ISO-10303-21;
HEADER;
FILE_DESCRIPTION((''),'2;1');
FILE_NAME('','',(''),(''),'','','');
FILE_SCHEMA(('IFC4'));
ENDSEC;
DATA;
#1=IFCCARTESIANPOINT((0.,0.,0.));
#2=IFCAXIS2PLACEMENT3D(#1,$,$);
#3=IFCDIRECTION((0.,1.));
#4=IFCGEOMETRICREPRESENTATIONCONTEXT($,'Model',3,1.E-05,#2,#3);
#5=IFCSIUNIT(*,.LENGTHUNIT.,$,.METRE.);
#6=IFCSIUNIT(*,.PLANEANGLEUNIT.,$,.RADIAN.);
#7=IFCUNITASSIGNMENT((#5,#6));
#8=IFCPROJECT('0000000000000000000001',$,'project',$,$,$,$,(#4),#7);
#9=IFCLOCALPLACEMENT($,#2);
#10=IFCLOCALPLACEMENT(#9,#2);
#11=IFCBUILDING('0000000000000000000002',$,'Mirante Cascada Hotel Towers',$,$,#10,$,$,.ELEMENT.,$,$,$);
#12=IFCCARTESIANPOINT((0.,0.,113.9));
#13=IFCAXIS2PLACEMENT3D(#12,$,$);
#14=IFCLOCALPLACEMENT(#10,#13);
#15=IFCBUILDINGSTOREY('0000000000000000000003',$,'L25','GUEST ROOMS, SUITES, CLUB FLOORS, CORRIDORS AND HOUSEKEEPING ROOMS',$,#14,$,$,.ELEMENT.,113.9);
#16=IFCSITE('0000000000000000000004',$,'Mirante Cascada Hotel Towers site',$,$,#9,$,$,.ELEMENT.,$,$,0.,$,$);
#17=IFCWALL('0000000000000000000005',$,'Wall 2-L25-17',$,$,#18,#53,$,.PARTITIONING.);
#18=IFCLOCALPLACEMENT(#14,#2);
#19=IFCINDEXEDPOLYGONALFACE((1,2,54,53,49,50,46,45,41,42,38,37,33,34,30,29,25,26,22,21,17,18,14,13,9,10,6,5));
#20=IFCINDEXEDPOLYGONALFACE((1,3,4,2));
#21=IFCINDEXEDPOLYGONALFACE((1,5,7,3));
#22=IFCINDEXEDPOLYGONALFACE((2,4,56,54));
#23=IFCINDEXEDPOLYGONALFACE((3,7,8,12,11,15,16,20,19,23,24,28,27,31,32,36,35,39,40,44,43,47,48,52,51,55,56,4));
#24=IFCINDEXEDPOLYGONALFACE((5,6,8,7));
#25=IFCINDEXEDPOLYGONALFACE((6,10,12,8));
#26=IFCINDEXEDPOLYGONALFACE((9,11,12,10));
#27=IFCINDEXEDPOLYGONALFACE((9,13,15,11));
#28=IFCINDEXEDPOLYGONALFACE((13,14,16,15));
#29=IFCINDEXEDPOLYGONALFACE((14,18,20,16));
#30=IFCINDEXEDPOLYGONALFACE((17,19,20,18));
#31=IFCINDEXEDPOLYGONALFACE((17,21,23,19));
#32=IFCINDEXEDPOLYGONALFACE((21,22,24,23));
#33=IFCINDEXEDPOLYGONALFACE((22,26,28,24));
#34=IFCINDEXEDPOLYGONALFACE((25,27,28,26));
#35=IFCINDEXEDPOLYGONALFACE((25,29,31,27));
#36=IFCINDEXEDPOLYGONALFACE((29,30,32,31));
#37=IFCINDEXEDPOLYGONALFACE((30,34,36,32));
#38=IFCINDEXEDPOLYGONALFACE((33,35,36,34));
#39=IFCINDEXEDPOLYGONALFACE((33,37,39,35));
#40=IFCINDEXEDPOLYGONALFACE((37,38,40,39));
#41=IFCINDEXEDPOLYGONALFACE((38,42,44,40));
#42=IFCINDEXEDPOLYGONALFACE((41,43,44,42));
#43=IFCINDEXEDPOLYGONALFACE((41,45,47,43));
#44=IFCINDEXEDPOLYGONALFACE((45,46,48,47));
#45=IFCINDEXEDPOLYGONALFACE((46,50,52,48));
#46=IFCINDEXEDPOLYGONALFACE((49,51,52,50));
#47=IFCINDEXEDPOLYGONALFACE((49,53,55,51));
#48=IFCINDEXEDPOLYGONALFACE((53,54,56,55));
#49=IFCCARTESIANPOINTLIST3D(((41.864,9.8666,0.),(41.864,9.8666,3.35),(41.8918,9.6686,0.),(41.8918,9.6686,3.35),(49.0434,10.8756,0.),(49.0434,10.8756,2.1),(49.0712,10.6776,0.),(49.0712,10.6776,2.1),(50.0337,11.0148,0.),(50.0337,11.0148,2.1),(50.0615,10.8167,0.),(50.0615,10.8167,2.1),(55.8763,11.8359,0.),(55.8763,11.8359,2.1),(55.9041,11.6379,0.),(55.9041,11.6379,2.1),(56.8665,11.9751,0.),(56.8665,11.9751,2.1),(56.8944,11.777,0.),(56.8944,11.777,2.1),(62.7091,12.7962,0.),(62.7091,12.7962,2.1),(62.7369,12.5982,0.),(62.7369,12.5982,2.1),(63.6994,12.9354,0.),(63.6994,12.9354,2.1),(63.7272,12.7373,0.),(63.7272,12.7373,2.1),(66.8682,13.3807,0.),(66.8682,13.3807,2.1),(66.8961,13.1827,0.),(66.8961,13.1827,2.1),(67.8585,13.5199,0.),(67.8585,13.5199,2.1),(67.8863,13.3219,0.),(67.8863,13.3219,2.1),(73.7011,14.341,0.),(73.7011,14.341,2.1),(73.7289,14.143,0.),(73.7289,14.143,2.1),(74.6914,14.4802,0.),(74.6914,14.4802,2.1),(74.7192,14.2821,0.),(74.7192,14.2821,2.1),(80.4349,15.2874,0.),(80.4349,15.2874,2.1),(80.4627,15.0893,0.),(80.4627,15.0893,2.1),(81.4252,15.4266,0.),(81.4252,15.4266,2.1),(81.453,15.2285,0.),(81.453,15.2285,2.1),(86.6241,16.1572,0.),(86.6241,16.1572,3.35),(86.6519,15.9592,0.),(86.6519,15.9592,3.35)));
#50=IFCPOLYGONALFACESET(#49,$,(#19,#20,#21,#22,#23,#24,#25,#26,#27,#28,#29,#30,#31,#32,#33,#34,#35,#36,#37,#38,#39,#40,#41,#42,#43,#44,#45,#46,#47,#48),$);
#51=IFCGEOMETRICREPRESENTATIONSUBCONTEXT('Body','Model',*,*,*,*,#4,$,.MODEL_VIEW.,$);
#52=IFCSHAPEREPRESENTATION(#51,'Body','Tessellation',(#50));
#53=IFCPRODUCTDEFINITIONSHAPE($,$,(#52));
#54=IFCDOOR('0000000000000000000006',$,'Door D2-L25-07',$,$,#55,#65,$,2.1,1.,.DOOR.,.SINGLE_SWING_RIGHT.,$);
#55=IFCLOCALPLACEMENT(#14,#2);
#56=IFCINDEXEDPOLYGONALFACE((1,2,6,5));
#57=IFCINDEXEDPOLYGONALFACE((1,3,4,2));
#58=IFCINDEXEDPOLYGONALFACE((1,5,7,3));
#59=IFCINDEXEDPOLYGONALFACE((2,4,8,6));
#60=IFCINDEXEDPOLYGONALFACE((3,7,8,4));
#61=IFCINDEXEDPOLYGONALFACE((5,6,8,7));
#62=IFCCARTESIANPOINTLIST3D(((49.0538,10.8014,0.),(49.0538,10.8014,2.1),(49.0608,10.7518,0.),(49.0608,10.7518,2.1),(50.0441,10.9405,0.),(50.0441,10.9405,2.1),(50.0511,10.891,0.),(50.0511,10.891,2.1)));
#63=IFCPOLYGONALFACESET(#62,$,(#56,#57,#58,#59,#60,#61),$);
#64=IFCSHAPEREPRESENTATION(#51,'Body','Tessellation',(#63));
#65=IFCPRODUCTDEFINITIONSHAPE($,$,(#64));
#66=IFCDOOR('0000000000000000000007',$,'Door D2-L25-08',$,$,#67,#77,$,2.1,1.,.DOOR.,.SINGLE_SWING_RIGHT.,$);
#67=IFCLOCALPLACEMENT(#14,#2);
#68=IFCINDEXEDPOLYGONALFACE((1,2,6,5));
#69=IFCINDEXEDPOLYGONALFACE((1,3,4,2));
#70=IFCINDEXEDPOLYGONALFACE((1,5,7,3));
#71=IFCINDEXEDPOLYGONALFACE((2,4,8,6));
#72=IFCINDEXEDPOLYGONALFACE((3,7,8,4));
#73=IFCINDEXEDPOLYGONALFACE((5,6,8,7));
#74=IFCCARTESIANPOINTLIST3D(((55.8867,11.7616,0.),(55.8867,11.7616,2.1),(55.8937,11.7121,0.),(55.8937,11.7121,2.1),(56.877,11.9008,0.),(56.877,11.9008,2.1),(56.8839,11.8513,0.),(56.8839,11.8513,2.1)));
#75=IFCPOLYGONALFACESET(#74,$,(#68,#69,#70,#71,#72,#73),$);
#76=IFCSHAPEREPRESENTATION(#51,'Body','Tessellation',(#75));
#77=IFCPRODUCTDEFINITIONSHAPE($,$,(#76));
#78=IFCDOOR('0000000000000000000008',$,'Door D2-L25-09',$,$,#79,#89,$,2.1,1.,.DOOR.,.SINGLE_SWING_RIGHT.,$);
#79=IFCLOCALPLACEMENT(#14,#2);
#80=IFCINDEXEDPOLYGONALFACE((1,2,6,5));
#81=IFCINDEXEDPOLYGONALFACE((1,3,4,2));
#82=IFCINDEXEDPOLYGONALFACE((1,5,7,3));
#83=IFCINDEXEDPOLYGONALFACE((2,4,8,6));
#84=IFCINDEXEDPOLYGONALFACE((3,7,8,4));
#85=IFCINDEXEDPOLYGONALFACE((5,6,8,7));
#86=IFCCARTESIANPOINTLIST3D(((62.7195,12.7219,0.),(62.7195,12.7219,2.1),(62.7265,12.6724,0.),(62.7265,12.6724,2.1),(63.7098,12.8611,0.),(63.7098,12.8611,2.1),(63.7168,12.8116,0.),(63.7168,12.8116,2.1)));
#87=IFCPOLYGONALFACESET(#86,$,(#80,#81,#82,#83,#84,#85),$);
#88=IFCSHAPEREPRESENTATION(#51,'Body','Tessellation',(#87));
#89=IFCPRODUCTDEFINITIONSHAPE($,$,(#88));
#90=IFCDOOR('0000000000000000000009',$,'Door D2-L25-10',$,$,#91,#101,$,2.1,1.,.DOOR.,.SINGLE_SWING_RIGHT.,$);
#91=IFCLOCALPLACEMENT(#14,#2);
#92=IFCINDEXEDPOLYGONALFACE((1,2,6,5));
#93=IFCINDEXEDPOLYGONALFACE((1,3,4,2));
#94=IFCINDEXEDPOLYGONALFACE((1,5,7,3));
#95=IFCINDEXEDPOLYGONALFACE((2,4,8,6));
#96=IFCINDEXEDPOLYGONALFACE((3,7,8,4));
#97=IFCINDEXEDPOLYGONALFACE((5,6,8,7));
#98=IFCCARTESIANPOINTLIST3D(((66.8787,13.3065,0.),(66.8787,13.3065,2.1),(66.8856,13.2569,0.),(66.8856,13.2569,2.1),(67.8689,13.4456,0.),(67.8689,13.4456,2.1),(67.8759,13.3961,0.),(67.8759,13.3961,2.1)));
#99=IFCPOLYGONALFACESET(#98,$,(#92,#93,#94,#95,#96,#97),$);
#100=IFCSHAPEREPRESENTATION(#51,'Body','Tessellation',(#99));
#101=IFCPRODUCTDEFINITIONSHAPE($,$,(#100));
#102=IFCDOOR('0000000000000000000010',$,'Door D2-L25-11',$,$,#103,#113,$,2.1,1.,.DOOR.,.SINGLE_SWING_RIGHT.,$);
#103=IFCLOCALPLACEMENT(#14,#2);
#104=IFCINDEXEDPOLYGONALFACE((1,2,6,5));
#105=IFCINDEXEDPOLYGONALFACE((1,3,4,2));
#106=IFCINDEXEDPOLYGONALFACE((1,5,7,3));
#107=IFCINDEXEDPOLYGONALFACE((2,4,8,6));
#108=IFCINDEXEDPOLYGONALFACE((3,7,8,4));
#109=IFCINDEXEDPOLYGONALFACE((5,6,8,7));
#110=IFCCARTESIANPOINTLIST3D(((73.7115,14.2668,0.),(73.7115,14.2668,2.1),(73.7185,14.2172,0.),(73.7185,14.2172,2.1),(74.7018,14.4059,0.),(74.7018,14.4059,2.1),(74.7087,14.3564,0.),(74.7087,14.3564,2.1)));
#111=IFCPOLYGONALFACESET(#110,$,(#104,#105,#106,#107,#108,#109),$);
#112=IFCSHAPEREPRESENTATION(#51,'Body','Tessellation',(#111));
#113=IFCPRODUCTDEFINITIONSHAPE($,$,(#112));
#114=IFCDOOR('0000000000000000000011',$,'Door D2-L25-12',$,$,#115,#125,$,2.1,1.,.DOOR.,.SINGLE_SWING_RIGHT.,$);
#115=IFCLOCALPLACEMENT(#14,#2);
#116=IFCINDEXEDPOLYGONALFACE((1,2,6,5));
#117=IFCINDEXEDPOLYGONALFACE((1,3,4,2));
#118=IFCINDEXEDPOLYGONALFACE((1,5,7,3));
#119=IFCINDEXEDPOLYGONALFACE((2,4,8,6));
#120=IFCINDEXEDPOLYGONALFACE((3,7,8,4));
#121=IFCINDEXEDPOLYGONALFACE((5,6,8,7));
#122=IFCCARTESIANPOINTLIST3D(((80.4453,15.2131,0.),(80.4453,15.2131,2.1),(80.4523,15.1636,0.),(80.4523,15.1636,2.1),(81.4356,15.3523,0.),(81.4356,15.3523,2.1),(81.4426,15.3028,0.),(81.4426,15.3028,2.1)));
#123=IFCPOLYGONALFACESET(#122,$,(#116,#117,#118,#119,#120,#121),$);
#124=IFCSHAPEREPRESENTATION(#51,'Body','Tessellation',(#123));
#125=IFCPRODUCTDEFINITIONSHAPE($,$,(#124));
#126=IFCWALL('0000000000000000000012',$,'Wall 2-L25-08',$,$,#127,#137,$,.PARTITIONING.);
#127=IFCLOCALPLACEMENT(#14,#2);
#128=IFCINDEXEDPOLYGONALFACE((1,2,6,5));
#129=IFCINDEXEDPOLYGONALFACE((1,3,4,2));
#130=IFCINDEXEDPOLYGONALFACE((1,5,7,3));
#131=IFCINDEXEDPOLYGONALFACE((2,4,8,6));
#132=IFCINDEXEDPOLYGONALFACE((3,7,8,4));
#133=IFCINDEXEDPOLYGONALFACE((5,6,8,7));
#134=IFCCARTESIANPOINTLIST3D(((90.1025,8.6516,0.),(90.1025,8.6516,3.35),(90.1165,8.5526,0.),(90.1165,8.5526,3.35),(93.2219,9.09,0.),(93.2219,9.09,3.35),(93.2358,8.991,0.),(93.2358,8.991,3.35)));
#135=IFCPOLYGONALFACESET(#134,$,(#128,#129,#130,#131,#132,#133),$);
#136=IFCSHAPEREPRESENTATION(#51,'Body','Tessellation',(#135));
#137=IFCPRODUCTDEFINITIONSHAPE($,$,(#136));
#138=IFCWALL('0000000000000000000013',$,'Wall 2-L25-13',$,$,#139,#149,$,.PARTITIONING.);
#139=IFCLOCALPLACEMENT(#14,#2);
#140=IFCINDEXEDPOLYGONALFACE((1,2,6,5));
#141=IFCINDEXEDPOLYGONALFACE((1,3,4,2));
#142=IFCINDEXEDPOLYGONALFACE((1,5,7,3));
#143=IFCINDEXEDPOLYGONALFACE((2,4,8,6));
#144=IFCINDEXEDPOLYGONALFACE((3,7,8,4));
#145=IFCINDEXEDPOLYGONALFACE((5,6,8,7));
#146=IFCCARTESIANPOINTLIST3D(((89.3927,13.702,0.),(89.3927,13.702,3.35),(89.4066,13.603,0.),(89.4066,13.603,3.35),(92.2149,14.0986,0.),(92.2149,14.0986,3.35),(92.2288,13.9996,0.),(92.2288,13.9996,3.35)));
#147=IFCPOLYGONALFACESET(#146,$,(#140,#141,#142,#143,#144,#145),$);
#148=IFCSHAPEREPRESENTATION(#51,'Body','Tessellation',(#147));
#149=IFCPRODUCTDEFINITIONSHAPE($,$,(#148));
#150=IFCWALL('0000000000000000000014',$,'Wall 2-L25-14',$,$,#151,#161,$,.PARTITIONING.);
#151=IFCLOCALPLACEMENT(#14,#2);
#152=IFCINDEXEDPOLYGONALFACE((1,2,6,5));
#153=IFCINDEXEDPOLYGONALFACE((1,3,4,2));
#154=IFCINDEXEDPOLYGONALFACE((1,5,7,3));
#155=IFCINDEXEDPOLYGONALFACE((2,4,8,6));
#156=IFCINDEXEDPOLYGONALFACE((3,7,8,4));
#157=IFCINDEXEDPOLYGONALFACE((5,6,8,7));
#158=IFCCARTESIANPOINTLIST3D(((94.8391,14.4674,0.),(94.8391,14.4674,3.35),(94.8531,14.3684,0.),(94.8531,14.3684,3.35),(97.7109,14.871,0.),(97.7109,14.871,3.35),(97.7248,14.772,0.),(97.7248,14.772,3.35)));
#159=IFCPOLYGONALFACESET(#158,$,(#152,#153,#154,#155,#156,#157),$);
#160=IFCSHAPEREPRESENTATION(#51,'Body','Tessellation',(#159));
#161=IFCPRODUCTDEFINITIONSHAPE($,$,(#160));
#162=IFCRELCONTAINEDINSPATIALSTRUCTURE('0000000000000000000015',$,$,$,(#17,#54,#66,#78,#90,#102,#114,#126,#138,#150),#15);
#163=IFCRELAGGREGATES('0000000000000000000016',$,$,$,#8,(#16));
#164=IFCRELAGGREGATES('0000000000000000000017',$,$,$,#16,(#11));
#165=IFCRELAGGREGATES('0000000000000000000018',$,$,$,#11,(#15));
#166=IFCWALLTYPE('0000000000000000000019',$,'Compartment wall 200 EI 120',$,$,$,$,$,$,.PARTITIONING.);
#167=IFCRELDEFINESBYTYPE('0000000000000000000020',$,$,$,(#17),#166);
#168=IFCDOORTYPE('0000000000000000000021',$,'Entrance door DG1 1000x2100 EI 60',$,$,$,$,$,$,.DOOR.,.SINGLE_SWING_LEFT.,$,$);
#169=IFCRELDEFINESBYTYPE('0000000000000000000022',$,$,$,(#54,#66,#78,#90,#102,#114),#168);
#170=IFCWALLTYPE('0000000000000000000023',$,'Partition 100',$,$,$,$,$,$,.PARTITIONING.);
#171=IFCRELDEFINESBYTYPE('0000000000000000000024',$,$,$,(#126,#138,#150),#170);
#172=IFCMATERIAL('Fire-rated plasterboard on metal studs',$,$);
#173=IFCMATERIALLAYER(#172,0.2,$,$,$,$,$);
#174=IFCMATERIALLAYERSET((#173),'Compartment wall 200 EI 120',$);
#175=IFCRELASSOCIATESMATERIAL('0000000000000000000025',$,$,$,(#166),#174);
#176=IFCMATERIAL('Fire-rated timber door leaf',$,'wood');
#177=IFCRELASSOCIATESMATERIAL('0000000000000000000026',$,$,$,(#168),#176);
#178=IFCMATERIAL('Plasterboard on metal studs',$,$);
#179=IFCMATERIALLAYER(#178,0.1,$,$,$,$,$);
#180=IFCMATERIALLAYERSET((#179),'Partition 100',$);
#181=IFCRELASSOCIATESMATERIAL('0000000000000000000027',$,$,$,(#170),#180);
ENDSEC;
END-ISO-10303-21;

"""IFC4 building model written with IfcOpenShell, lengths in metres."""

from ifc_helpers import new_model, si_unit, direction, frame, frame_2d, origin, place, context, subcontext, project, spatial, rectangle, extrude, material, layer, layer_set, type_object, element, fill, save


model = new_model("IFC4")

# Units and contexts
model_context = context("Model", 3, precision=1e-05, world=origin(), true_north=direction((0.0, 1.0)))
body_context = subcontext(model_context, "Body", "Model", "MODEL_VIEW")
ifc_project = project(units=[si_unit("LENGTHUNIT", "METRE"), si_unit("PLANEANGLEUNIT", "RADIAN")], contexts=[model_context])

# Site, building, storey
site_placement = place(None, origin())
site = spatial("IfcSite", under=ifc_project, at=site_placement, Name="Mirante Cascada Hotel Towers site", CompositionType="ELEMENT", RefElevation=0.0)
building_placement = place(site_placement, origin())
building = spatial("IfcBuilding", under=site, at=building_placement, Name="Mirante Cascada Hotel Towers", CompositionType="ELEMENT")
storey_placement = place(building_placement, frame((0.0, 0.0, 113.9)))
storey = spatial("IfcBuildingStorey", under=building, at=storey_placement, Name="L25", Description="GUEST ROOMS, SUITES, CLUB FLOORS, CORRIDORS AND HOUSEKEEPING ROOMS", CompositionType="ELEMENT", Elevation=113.9)

# Shared definitions
ifc_material_1 = material(Name="Fire-rated plasterboard on metal studs")
ifc_layer_1 = layer(ifc_material_1, 0.2)
ifc_layer_set_1 = layer_set([ifc_layer_1], Name="Compartment wall 200 EI 120")
wall_type_1 = type_object("IfcWallType", Name="Compartment wall 200 EI 120", PredefinedType="PARTITIONING", material=ifc_layer_set_1)

# Wall, openings, doors
wall_1_placement = place(storey_placement, frame((86.638, 16.0582, 0.0), z_axis=(0.0, 0.0, 1.0), x_axis=(-0.990268, -0.139173, 0.0)))
wall_1 = element("IfcWall", 1, at=wall_1_placement, inside=storey, type_object=wall_type_1, Name="Wall 2-L25-17", PredefinedType="PARTITIONING", context=body_context, shape_type="SweptSolid", body=[
    extrude(rectangle(XDim=45.2, YDim=0.2, at=frame_2d((22.6, 0.0))), origin(), (0.0, 0.0, 1.0), 3.35),
])
opening_1_placement = place(wall_1_placement, frame((36.95, 0.0, 0.0)))
opening_1 = element("IfcOpeningElement", 2, at=opening_1_placement, cuts=wall_1, PredefinedType="OPENING", context=body_context, shape_type="SweptSolid", body=[
    extrude(rectangle(XDim=1.0, YDim=2.1, at=frame_2d((0.5, 1.05))), frame((0.0, 0.1, 0.0), z_axis=(0.0, -1.0, 0.0), x_axis=(1.0, 0.0, 0.0)), (0.0, 0.0, 1.0), 0.2),
])
opening_2_placement = place(wall_1_placement, frame((30.05, 0.0, 0.0)))
opening_2 = element("IfcOpeningElement", 3, at=opening_2_placement, cuts=wall_1, PredefinedType="OPENING", context=body_context, shape_type="SweptSolid", body=[
    extrude(rectangle(XDim=1.0, YDim=2.1, at=frame_2d((0.5, 1.05))), frame((0.0, 0.1, 0.0), z_axis=(0.0, -1.0, 0.0), x_axis=(1.0, 0.0, 0.0)), (0.0, 0.0, 1.0), 0.2),
])
opening_3_placement = place(wall_1_placement, frame((23.15, 0.0, 0.0)))
opening_3 = element("IfcOpeningElement", 4, at=opening_3_placement, cuts=wall_1, PredefinedType="OPENING", context=body_context, shape_type="SweptSolid", body=[
    extrude(rectangle(XDim=1.0, YDim=2.1, at=frame_2d((0.5, 1.05))), frame((0.0, 0.1, 0.0), z_axis=(0.0, -1.0, 0.0), x_axis=(1.0, 0.0, 0.0)), (0.0, 0.0, 1.0), 0.2),
])
opening_4_placement = place(wall_1_placement, frame((18.95, 0.0, 0.0)))
opening_4 = element("IfcOpeningElement", 5, at=opening_4_placement, cuts=wall_1, PredefinedType="OPENING", context=body_context, shape_type="SweptSolid", body=[
    extrude(rectangle(XDim=1.0, YDim=2.1, at=frame_2d((0.5, 1.05))), frame((0.0, 0.1, 0.0), z_axis=(0.0, -1.0, 0.0), x_axis=(1.0, 0.0, 0.0)), (0.0, 0.0, 1.0), 0.2),
])
opening_5_placement = place(wall_1_placement, frame((12.05, 0.0, 0.0)))
opening_5 = element("IfcOpeningElement", 6, at=opening_5_placement, cuts=wall_1, PredefinedType="OPENING", context=body_context, shape_type="SweptSolid", body=[
    extrude(rectangle(XDim=1.0, YDim=2.1, at=frame_2d((0.5, 1.05))), frame((0.0, 0.1, 0.0), z_axis=(0.0, -1.0, 0.0), x_axis=(1.0, 0.0, 0.0)), (0.0, 0.0, 1.0), 0.2),
])
opening_6_placement = place(wall_1_placement, frame((5.25, 0.0, 0.0)))
opening_6 = element("IfcOpeningElement", 7, at=opening_6_placement, cuts=wall_1, PredefinedType="OPENING", context=body_context, shape_type="SweptSolid", body=[
    extrude(rectangle(XDim=1.0, YDim=2.1, at=frame_2d((0.5, 1.05))), frame((0.0, 0.1, 0.0), z_axis=(0.0, -1.0, 0.0), x_axis=(1.0, 0.0, 0.0)), (0.0, 0.0, 1.0), 0.2),
])
ifc_material_2 = material(Name="Fire-rated timber door leaf", Category="wood")
door_type_1 = type_object("IfcDoorType", Name="Entrance door DG1 1000x2100 EI 60", OperationType="SINGLE_SWING_LEFT", PredefinedType="DOOR", material=ifc_material_2)
door_1_placement = place(opening_1_placement, frame((1.0, 0.0, 0.0), z_axis=(0.0, 0.0, 1.0), x_axis=(-1.0, 0.0, 0.0)))
door_1 = element("IfcDoor", 8, at=door_1_placement, inside=storey, type_object=door_type_1, Name="Door D2-L25-07", OperationType="SINGLE_SWING_RIGHT", OverallHeight=2.1, OverallWidth=1.0, PredefinedType="DOOR", context=body_context, shape_type="SweptSolid", body=[
    extrude(rectangle(XDim=1.0, YDim=2.1, at=frame_2d((0.5, 1.05))), frame((0.0, 0.025, 0.0), z_axis=(0.0, -1.0, 0.0), x_axis=(1.0, 0.0, 0.0)), (0.0, 0.0, 1.0), 0.05),
])
fill(opening_1, door_1)
door_2_placement = place(opening_2_placement, frame((1.0, 0.0, 0.0), z_axis=(0.0, 0.0, 1.0), x_axis=(-1.0, 0.0, 0.0)))
door_2 = element("IfcDoor", 9, at=door_2_placement, inside=storey, type_object=door_type_1, Name="Door D2-L25-08", OperationType="SINGLE_SWING_RIGHT", OverallHeight=2.1, OverallWidth=1.0, PredefinedType="DOOR", context=body_context, shape_type="SweptSolid", body=[
    extrude(rectangle(XDim=1.0, YDim=2.1, at=frame_2d((0.5, 1.05))), frame((0.0, 0.025, 0.0), z_axis=(0.0, -1.0, 0.0), x_axis=(1.0, 0.0, 0.0)), (0.0, 0.0, 1.0), 0.05),
])
fill(opening_2, door_2)
door_3_placement = place(opening_3_placement, frame((1.0, 0.0, 0.0), z_axis=(0.0, 0.0, 1.0), x_axis=(-1.0, 0.0, 0.0)))
door_3 = element("IfcDoor", 10, at=door_3_placement, inside=storey, type_object=door_type_1, Name="Door D2-L25-09", OperationType="SINGLE_SWING_RIGHT", OverallHeight=2.1, OverallWidth=1.0, PredefinedType="DOOR", context=body_context, shape_type="SweptSolid", body=[
    extrude(rectangle(XDim=1.0, YDim=2.1, at=frame_2d((0.5, 1.05))), frame((0.0, 0.025, 0.0), z_axis=(0.0, -1.0, 0.0), x_axis=(1.0, 0.0, 0.0)), (0.0, 0.0, 1.0), 0.05),
])
fill(opening_3, door_3)
door_4_placement = place(opening_4_placement, frame((1.0, 0.0, 0.0), z_axis=(0.0, 0.0, 1.0), x_axis=(-1.0, 0.0, 0.0)))
door_4 = element("IfcDoor", 11, at=door_4_placement, inside=storey, type_object=door_type_1, Name="Door D2-L25-10", OperationType="SINGLE_SWING_RIGHT", OverallHeight=2.1, OverallWidth=1.0, PredefinedType="DOOR", context=body_context, shape_type="SweptSolid", body=[
    extrude(rectangle(XDim=1.0, YDim=2.1, at=frame_2d((0.5, 1.05))), frame((0.0, 0.025, 0.0), z_axis=(0.0, -1.0, 0.0), x_axis=(1.0, 0.0, 0.0)), (0.0, 0.0, 1.0), 0.05),
])
fill(opening_4, door_4)
door_5_placement = place(opening_5_placement, frame((1.0, 0.0, 0.0), z_axis=(0.0, 0.0, 1.0), x_axis=(-1.0, 0.0, 0.0)))
door_5 = element("IfcDoor", 12, at=door_5_placement, inside=storey, type_object=door_type_1, Name="Door D2-L25-11", OperationType="SINGLE_SWING_RIGHT", OverallHeight=2.1, OverallWidth=1.0, PredefinedType="DOOR", context=body_context, shape_type="SweptSolid", body=[
    extrude(rectangle(XDim=1.0, YDim=2.1, at=frame_2d((0.5, 1.05))), frame((0.0, 0.025, 0.0), z_axis=(0.0, -1.0, 0.0), x_axis=(1.0, 0.0, 0.0)), (0.0, 0.0, 1.0), 0.05),
])
fill(opening_5, door_5)
door_6_placement = place(opening_6_placement, frame((1.0, 0.0, 0.0), z_axis=(0.0, 0.0, 1.0), x_axis=(-1.0, 0.0, 0.0)))
door_6 = element("IfcDoor", 13, at=door_6_placement, inside=storey, type_object=door_type_1, Name="Door D2-L25-12", OperationType="SINGLE_SWING_RIGHT", OverallHeight=2.1, OverallWidth=1.0, PredefinedType="DOOR", context=body_context, shape_type="SweptSolid", body=[
    extrude(rectangle(XDim=1.0, YDim=2.1, at=frame_2d((0.5, 1.05))), frame((0.0, 0.025, 0.0), z_axis=(0.0, -1.0, 0.0), x_axis=(1.0, 0.0, 0.0)), (0.0, 0.0, 1.0), 0.05),
])
fill(opening_6, door_6)

# Walls
ifc_material_3 = material(Name="Plasterboard on metal studs")
ifc_layer_2 = layer(ifc_material_3, 0.1)
ifc_layer_set_2 = layer_set([ifc_layer_2], Name="Partition 100")
wall_type_2 = type_object("IfcWallType", Name="Partition 100", PredefinedType="PARTITIONING", material=ifc_layer_set_2)
wall_2_placement = place(storey_placement, frame((90.1095, 8.6021, 0.0), z_axis=(0.0, 0.0, 1.0), x_axis=(0.990268, 0.139177, 0.0)))
element("IfcWall", 14, at=wall_2_placement, inside=storey, type_object=wall_type_2, Name="Wall 2-L25-08", PredefinedType="PARTITIONING", context=body_context, shape_type="SweptSolid", body=[
    extrude(rectangle(XDim=3.15, YDim=0.1, at=frame_2d((1.575, 0.0))), origin(), (0.0, 0.0, 1.0), 3.35),
])
wall_3_placement = place(storey_placement, frame((92.2219, 14.0491, 0.0), z_axis=(0.0, 0.0, 1.0), x_axis=(-0.99027, -0.139161, 0.0)))
element("IfcWall", 15, at=wall_3_placement, inside=storey, type_object=wall_type_2, Name="Wall 2-L25-13", PredefinedType="PARTITIONING", context=body_context, shape_type="SweptSolid", body=[
    extrude(rectangle(XDim=2.8499, YDim=0.1, at=frame_2d((1.425, 0.0))), origin(), (0.0, 0.0, 1.0), 3.35),
])
wall_4_placement = place(storey_placement, frame((94.8461, 14.4179, 0.0), z_axis=(0.0, 0.0, 1.0), x_axis=(0.990268, 0.139171, 0.0)))
element("IfcWall", 16, at=wall_4_placement, inside=storey, type_object=wall_type_2, Name="Wall 2-L25-14", PredefinedType="PARTITIONING", context=body_context, shape_type="SweptSolid", body=[
    extrude(rectangle(XDim=2.9, YDim=0.1, at=frame_2d((1.45, 0.0))), origin(), (0.0, 0.0, 1.0), 3.35),
])

save(model, "model.ifc")
